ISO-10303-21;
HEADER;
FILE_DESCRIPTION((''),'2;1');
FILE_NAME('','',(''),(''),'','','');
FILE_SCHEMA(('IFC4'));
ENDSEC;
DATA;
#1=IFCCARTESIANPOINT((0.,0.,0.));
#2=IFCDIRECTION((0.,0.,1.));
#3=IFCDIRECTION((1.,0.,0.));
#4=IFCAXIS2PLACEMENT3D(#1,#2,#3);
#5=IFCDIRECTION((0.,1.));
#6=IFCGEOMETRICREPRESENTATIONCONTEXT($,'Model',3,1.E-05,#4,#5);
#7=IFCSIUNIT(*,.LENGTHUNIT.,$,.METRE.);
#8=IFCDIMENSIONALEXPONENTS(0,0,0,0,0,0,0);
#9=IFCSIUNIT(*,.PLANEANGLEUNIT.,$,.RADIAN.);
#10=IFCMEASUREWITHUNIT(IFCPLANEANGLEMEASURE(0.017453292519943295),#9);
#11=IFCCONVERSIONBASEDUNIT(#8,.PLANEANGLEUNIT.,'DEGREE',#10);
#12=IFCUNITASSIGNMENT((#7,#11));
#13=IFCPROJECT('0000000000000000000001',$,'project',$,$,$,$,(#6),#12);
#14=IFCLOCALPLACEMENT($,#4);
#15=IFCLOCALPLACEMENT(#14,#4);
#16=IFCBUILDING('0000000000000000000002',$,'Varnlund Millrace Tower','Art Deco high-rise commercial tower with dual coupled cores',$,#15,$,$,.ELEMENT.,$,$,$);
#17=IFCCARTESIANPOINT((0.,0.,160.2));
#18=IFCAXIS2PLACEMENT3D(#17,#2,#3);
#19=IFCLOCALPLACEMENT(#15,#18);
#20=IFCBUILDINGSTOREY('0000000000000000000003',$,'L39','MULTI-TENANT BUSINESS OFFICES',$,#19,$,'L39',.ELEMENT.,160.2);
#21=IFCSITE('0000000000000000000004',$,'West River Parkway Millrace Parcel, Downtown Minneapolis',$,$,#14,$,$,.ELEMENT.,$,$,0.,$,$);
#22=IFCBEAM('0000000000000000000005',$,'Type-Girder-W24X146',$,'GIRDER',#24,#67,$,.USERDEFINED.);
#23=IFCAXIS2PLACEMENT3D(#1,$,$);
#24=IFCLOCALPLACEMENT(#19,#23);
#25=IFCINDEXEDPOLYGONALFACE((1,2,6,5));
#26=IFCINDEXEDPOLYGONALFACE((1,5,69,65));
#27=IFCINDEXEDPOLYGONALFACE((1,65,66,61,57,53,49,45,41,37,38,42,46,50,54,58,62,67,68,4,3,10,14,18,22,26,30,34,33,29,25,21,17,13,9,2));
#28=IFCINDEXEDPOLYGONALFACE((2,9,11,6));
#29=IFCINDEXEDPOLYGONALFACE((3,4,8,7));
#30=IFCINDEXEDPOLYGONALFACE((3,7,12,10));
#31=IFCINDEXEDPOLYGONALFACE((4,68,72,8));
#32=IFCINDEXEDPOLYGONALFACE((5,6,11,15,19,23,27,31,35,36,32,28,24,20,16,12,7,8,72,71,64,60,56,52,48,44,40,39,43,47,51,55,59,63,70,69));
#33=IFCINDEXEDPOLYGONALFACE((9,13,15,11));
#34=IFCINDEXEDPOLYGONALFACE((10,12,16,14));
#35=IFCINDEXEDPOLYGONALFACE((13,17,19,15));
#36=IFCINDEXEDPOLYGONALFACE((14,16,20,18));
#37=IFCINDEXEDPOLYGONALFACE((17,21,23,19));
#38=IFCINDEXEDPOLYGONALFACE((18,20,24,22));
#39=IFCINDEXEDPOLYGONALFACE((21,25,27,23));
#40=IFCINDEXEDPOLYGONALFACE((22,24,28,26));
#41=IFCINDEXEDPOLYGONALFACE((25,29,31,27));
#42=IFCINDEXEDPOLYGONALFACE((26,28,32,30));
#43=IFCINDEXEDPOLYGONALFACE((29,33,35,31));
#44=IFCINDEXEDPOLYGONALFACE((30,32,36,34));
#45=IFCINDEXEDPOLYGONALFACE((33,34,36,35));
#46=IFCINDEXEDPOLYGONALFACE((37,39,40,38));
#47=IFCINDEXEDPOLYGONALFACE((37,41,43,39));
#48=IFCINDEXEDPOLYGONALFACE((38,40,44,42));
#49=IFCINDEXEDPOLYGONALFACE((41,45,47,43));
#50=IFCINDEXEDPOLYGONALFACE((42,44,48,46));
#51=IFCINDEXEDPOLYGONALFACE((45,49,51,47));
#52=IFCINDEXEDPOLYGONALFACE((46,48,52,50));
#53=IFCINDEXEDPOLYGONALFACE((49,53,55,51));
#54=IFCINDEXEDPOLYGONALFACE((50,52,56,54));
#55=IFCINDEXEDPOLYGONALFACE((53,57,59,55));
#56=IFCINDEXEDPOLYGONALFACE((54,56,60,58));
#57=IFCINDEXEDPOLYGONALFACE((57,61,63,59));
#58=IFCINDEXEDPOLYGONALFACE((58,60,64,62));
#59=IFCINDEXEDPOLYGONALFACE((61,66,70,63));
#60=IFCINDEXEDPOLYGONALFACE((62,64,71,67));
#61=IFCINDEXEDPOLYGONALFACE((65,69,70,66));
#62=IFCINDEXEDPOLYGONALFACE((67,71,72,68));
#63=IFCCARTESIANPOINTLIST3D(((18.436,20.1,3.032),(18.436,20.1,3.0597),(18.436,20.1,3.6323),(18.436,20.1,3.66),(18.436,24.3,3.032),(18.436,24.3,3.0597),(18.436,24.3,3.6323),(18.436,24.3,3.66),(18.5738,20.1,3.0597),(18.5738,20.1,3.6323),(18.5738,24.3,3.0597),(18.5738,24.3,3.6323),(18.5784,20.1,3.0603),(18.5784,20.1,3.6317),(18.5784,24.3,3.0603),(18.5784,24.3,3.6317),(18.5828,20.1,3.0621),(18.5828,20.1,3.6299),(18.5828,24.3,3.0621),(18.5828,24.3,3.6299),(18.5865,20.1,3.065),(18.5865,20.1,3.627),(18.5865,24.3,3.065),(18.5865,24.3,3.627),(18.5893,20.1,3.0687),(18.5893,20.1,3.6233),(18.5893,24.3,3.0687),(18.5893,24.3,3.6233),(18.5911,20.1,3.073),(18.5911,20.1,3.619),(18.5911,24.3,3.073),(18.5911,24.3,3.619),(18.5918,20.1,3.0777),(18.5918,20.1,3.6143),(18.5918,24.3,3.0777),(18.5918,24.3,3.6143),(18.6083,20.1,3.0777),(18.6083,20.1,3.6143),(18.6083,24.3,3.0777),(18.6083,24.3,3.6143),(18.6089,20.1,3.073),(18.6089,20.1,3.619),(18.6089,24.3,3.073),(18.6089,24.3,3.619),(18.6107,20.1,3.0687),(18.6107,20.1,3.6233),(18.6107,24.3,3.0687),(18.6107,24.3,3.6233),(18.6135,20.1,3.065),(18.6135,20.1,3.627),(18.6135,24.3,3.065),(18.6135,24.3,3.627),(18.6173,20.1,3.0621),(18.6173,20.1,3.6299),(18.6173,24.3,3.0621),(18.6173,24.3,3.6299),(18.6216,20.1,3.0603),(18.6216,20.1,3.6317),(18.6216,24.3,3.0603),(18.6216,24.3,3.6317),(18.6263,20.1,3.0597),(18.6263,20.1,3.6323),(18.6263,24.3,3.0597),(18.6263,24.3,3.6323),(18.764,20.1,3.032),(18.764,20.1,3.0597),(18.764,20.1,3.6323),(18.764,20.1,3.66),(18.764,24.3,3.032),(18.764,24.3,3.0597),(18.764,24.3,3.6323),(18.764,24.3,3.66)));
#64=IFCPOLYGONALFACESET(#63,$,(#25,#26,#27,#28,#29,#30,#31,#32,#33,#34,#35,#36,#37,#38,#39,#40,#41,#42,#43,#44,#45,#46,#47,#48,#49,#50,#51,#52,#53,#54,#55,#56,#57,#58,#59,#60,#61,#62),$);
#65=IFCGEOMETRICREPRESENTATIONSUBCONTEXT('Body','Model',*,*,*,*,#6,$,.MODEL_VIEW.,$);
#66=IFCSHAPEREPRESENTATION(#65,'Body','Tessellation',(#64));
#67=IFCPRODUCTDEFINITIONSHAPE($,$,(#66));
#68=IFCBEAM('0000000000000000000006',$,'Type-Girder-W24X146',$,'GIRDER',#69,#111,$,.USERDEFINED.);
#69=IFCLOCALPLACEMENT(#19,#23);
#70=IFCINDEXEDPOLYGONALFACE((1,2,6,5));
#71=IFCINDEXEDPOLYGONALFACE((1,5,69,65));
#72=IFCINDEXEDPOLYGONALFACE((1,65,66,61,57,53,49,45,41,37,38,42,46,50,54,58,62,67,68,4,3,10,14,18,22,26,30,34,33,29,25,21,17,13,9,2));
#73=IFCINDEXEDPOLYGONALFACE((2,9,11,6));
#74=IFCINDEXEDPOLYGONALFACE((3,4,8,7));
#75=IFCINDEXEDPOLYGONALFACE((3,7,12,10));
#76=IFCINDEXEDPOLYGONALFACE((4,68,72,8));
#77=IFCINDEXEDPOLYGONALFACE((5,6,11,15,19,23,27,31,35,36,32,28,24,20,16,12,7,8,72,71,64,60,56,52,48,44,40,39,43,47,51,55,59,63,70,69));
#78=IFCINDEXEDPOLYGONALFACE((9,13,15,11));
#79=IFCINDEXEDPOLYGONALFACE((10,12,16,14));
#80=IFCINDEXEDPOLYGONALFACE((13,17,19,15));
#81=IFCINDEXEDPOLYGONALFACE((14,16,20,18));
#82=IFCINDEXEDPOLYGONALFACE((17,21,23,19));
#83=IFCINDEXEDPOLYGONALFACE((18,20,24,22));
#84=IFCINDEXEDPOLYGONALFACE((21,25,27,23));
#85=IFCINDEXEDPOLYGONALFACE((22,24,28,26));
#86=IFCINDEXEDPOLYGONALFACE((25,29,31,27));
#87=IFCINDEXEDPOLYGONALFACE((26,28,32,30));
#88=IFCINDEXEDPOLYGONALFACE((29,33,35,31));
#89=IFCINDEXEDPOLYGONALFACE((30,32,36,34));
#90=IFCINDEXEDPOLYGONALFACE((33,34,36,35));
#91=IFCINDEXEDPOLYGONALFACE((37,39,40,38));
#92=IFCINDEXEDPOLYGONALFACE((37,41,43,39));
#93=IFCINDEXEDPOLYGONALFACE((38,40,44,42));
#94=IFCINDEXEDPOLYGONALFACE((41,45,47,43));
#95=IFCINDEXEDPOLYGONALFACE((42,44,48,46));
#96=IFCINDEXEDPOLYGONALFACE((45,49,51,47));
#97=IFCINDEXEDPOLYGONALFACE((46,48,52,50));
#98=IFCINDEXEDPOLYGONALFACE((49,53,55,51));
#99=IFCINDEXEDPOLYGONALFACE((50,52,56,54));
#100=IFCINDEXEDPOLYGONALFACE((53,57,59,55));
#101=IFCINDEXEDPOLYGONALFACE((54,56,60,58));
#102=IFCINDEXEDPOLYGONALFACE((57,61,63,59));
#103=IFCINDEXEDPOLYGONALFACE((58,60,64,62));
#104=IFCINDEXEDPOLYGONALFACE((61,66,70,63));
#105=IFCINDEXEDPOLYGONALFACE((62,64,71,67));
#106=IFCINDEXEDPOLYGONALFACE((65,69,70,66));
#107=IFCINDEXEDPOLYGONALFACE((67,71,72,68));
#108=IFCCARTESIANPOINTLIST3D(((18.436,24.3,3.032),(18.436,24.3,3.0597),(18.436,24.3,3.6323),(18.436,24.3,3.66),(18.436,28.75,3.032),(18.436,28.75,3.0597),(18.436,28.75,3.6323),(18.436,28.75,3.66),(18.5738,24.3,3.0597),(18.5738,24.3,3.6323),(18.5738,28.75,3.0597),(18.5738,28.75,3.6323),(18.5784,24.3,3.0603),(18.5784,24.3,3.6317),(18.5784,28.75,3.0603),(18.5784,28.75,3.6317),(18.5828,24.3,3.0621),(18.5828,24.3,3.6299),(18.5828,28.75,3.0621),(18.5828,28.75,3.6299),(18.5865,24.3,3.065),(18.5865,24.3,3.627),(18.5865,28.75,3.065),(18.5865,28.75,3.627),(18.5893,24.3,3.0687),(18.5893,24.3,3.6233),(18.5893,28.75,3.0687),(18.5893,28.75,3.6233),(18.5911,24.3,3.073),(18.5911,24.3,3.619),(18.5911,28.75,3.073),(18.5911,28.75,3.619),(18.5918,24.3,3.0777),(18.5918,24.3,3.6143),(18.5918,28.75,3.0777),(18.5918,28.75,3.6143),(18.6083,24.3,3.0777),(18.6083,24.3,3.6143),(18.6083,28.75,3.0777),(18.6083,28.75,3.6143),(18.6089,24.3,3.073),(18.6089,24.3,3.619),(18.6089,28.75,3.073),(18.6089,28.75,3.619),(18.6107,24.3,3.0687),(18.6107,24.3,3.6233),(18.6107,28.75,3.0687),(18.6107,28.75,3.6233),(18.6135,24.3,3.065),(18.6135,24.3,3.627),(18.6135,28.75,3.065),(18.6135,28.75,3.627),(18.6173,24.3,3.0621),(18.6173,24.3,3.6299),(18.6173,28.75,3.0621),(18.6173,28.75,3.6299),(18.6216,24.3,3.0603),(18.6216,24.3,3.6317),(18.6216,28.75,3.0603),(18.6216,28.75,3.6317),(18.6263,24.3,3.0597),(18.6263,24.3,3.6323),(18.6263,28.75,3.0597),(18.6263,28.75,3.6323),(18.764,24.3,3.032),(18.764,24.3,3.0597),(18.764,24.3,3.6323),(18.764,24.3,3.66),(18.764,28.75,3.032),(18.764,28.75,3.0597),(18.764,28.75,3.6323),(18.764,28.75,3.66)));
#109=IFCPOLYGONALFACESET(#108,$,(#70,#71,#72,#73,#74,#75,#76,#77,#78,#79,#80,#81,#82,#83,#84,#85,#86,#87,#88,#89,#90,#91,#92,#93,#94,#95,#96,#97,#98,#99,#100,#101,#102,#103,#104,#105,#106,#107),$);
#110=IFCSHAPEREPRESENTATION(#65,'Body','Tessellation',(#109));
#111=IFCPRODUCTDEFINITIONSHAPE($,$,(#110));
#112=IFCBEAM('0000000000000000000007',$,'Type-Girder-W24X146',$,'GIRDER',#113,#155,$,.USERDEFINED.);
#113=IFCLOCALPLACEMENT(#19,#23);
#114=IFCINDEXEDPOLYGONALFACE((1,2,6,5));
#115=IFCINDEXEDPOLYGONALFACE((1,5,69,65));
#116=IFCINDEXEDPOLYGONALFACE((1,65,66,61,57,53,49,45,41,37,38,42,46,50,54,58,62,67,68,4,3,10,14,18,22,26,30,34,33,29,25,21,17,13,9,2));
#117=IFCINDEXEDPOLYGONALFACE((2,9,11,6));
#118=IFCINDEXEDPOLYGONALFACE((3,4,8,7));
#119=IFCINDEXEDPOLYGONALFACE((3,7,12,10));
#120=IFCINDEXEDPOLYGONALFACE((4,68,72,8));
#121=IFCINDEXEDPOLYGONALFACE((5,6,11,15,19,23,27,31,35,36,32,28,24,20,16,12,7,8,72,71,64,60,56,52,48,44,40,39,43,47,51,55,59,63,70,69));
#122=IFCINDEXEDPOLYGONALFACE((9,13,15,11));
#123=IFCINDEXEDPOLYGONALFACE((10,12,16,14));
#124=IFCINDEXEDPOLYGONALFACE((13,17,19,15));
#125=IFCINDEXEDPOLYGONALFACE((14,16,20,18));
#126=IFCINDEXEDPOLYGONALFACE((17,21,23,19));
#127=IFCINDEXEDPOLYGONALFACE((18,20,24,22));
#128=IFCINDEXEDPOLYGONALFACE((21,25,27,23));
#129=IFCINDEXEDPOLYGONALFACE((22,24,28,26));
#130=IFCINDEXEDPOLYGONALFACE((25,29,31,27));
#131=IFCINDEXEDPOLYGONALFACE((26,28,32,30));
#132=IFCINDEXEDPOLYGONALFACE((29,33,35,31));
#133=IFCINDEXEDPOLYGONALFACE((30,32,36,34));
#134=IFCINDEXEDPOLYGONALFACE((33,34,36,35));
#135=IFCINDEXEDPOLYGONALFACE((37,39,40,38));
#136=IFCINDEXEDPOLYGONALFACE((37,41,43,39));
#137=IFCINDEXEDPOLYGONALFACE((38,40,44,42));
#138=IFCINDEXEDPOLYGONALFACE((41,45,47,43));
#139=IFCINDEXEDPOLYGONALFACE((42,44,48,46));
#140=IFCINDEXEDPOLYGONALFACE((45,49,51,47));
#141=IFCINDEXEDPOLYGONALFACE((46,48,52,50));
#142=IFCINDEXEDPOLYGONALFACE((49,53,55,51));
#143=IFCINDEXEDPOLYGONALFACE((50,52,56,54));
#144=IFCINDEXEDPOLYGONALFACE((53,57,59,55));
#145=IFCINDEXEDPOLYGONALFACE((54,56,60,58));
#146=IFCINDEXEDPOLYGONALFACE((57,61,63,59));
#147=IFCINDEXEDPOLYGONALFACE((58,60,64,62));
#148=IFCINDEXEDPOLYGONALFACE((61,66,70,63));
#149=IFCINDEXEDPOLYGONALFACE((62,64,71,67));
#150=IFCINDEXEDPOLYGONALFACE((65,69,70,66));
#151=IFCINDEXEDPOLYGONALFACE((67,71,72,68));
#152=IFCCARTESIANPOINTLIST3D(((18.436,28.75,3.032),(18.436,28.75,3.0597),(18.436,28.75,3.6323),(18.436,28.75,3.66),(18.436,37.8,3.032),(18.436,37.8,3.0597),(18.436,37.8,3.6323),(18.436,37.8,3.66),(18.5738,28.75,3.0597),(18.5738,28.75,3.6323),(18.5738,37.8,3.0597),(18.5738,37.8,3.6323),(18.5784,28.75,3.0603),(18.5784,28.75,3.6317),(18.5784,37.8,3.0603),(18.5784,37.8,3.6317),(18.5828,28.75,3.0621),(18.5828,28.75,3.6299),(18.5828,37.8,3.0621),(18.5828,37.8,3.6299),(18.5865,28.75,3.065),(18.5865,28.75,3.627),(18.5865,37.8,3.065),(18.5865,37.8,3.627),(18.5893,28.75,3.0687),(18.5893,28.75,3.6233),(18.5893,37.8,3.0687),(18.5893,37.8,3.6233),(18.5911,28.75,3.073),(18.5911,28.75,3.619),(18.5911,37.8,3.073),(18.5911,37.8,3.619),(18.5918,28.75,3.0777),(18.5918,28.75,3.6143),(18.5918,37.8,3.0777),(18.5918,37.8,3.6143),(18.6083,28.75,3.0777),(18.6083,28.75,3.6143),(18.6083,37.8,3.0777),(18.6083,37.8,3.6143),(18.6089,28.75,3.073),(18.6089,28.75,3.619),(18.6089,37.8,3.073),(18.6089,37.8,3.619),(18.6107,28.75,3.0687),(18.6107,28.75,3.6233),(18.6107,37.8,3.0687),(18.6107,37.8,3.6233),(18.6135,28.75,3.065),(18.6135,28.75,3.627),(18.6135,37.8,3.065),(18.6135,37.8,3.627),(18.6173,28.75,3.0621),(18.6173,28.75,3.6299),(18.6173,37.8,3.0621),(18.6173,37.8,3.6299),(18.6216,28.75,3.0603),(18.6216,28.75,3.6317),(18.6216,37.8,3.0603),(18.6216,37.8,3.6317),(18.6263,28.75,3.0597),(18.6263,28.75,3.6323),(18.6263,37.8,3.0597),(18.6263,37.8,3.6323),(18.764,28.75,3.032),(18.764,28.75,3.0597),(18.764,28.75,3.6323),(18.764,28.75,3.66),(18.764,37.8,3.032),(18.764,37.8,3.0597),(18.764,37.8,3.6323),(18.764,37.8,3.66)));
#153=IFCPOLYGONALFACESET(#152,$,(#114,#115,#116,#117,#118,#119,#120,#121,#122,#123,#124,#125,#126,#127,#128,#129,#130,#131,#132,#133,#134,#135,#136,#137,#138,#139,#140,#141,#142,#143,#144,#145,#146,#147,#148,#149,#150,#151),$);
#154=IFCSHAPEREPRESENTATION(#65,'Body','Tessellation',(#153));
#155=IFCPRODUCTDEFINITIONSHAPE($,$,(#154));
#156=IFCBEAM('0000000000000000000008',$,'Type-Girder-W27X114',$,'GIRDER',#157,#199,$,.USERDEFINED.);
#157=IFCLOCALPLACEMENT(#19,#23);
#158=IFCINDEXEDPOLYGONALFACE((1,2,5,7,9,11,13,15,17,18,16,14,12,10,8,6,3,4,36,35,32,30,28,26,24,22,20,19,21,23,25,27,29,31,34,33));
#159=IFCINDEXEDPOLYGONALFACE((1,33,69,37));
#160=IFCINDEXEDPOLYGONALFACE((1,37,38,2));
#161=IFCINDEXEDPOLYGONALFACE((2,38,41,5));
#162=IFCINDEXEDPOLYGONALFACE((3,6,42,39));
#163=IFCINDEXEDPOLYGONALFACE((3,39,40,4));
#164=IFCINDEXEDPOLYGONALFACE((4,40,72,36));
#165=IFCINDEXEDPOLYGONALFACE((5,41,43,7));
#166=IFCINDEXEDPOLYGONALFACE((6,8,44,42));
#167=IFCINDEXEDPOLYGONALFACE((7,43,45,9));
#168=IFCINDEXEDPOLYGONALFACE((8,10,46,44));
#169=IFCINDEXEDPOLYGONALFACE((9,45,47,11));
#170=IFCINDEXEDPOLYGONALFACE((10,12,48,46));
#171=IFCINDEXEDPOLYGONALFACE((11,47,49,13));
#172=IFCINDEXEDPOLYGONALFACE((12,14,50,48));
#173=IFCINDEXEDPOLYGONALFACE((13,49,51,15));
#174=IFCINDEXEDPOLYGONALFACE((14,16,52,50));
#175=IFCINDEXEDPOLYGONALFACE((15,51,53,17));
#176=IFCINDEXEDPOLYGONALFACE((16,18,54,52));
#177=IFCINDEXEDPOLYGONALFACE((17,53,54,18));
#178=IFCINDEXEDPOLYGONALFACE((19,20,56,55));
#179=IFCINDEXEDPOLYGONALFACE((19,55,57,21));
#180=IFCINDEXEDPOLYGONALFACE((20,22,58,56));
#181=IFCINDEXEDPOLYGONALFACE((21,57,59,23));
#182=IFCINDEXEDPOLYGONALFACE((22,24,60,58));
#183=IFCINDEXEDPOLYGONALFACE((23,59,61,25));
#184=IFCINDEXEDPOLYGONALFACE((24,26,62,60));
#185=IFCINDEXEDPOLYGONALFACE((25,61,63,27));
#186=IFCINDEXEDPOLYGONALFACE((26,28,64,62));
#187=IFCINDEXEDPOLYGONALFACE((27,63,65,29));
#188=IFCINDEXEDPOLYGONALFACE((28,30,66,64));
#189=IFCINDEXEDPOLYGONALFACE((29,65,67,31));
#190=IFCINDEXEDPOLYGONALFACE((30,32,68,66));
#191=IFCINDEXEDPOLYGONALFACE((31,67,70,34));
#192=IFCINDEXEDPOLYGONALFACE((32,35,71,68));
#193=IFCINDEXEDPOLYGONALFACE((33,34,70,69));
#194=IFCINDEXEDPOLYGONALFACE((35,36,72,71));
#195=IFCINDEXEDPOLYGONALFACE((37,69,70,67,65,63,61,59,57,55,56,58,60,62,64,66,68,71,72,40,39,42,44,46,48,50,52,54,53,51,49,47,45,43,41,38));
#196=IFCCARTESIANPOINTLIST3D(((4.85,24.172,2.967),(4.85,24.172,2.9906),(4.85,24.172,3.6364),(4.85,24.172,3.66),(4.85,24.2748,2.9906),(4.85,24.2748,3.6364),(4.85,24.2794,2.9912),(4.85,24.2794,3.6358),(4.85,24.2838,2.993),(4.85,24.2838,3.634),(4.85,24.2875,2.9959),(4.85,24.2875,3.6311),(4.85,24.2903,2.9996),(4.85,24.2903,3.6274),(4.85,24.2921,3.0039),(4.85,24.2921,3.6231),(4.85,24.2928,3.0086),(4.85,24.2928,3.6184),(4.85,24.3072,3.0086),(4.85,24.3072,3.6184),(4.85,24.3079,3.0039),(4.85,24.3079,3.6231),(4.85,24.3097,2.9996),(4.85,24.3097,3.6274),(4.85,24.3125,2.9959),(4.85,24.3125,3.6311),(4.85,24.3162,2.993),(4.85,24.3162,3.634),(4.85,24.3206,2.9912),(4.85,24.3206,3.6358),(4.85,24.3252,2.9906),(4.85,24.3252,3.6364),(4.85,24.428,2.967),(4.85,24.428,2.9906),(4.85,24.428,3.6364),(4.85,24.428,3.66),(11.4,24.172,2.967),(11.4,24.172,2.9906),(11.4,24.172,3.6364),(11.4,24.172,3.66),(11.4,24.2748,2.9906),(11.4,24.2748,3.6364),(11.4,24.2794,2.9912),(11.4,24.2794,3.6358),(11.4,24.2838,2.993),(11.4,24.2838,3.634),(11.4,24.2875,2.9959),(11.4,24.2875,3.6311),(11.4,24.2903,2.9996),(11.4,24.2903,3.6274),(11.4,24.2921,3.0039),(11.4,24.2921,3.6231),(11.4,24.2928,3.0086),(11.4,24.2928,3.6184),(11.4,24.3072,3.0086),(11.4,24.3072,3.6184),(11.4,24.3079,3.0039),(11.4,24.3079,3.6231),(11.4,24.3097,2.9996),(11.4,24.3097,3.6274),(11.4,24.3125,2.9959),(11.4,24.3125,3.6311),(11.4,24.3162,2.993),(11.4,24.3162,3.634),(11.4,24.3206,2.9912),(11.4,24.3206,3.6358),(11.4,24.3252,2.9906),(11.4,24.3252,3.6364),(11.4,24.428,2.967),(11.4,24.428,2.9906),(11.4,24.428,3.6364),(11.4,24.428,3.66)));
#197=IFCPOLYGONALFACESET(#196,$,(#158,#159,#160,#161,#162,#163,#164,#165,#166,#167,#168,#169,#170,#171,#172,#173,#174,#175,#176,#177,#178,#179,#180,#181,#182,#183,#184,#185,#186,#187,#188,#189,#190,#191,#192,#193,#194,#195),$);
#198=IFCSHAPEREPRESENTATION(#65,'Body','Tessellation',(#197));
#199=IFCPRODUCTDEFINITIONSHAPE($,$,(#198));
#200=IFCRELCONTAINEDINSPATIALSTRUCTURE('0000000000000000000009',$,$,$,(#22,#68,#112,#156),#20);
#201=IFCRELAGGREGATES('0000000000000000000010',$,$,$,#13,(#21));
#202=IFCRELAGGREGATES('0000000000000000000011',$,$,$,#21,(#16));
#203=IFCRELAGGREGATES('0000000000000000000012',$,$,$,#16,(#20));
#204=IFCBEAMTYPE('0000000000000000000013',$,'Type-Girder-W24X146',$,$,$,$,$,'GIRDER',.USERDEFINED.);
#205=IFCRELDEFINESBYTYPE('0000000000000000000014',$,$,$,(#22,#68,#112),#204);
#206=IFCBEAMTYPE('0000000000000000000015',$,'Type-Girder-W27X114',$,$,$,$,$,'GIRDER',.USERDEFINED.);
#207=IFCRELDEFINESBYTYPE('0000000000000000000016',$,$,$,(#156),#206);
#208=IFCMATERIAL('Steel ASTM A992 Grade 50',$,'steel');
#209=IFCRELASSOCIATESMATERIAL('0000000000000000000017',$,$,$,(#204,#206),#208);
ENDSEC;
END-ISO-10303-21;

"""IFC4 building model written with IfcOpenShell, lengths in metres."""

from ifc_helpers import new_model, entity, si_unit, converted_unit, direction, frame, origin_with_axes, origin_2d_with_axis, place, context, subcontext, project, spatial, i_section, extrude, material, material_profile, profile_set, type_object, element, save


model = new_model("IFC4")

# Units and contexts
model_context = context("Model", 3, precision=1e-05, world=origin_with_axes(), true_north=direction((0.0, 1.0)))
body_context = subcontext(model_context, "Body", "Model", "MODEL_VIEW")
ifc_project = project(units=[si_unit("LENGTHUNIT", "METRE"), converted_unit("PLANEANGLEUNIT", "DEGREE", entity("IfcPlaneAngleMeasure", 0.017453292519943295), si_unit("PLANEANGLEUNIT", "RADIAN"), dimensions=[0, 0, 0, 0, 0, 0, 0])], contexts=[model_context])

# Site, building, storey
site_placement = place(None, origin_with_axes())
site = spatial("IfcSite", under=ifc_project, at=site_placement, Name="West River Parkway Millrace Parcel, Downtown Minneapolis", CompositionType="ELEMENT", RefElevation=0.0)
building_placement = place(site_placement, origin_with_axes())
building = spatial("IfcBuilding", under=site, at=building_placement, Name="Varnlund Millrace Tower", Description="Art Deco high-rise commercial tower with dual coupled cores", CompositionType="ELEMENT")
storey_placement = place(building_placement, frame((0.0, 0.0, 160.2), z_axis=(0.0, 0.0, 1.0), x_axis=(1.0, 0.0, 0.0)))
storey = spatial("IfcBuildingStorey", under=building, at=storey_placement, Name="L39", Description="MULTI-TENANT BUSINESS OFFICES", LongName="L39", CompositionType="ELEMENT", Elevation=160.2)

# Beams
ifc_material_1 = material(Name="Steel ASTM A992 Grade 50", Category="steel")
ifc_material_profile_1 = material_profile(ifc_material_1, i_section(OverallWidth=0.328, OverallDepth=0.628, WebThickness=0.0165, FlangeThickness=0.0277, FilletRadius=0.018, at=origin_2d_with_axis()), Name="Steel ASTM A992 Grade 50")
ifc_profile_set_1 = profile_set([ifc_material_profile_1], Name="Steel ASTM A992 Grade 50")
beam_type_1 = type_object("IfcBeamType", Name="Type-Girder-W24X146", ElementType="GIRDER", PredefinedType="USERDEFINED", material=ifc_profile_set_1)
beam_1_placement = place(storey_placement, frame((18.6, 20.1, 3.346), z_axis=(0.0, 1.0, 0.0), x_axis=(-1.0, 0.0, 0.0)))
element("IfcBeam", 1, at=beam_1_placement, inside=storey, type_object=beam_type_1, Name="Type-Girder-W24X146", ObjectType="GIRDER", PredefinedType="USERDEFINED", context=body_context, shape_type="SweptSolid", body=[
    extrude(i_section(OverallWidth=0.328, OverallDepth=0.628, WebThickness=0.0165, FlangeThickness=0.0277, FilletRadius=0.018, at=origin_2d_with_axis()), origin_with_axes(), (0.0, 0.0, 1.0), 4.2),
])
beam_2_placement = place(storey_placement, frame((18.6, 24.3, 3.346), z_axis=(0.0, 1.0, 0.0), x_axis=(-1.0, 0.0, 0.0)))
element("IfcBeam", 2, at=beam_2_placement, inside=storey, type_object=beam_type_1, Name="Type-Girder-W24X146", ObjectType="GIRDER", PredefinedType="USERDEFINED", context=body_context, shape_type="SweptSolid", body=[
    extrude(i_section(OverallWidth=0.328, OverallDepth=0.628, WebThickness=0.0165, FlangeThickness=0.0277, FilletRadius=0.018, at=origin_2d_with_axis()), origin_with_axes(), (0.0, 0.0, 1.0), 4.45),
])
beam_3_placement = place(storey_placement, frame((18.6, 28.75, 3.346), z_axis=(0.0, 1.0, 0.0), x_axis=(-1.0, 0.0, 0.0)))
element("IfcBeam", 3, at=beam_3_placement, inside=storey, type_object=beam_type_1, Name="Type-Girder-W24X146", ObjectType="GIRDER", PredefinedType="USERDEFINED", context=body_context, shape_type="SweptSolid", body=[
    extrude(i_section(OverallWidth=0.328, OverallDepth=0.628, WebThickness=0.0165, FlangeThickness=0.0277, FilletRadius=0.018, at=origin_2d_with_axis()), origin_with_axes(), (0.0, 0.0, 1.0), 9.05),
])
ifc_material_profile_2 = material_profile(ifc_material_1, i_section(OverallWidth=0.256, OverallDepth=0.693, WebThickness=0.0145, FlangeThickness=0.0236, FilletRadius=0.018, at=origin_2d_with_axis()), Name="Steel ASTM A992 Grade 50")
ifc_profile_set_2 = profile_set([ifc_material_profile_2], Name="Steel ASTM A992 Grade 50")
beam_type_2 = type_object("IfcBeamType", Name="Type-Girder-W27X114", ElementType="GIRDER", PredefinedType="USERDEFINED", material=ifc_profile_set_2)
beam_4_placement = place(storey_placement, frame((4.85, 24.3, 3.3135), z_axis=(1.0, 0.0, 0.0), x_axis=(0.0, 1.0, 0.0)))
element("IfcBeam", 4, at=beam_4_placement, inside=storey, type_object=beam_type_2, Name="Type-Girder-W27X114", ObjectType="GIRDER", PredefinedType="USERDEFINED", context=body_context, shape_type="SweptSolid", body=[
    extrude(i_section(OverallWidth=0.256, OverallDepth=0.693, WebThickness=0.0145, FlangeThickness=0.0236, FilletRadius=0.018, at=origin_2d_with_axis()), origin_with_axes(), (0.0, 0.0, 1.0), 6.55),
])

save(model, "model.ifc")
